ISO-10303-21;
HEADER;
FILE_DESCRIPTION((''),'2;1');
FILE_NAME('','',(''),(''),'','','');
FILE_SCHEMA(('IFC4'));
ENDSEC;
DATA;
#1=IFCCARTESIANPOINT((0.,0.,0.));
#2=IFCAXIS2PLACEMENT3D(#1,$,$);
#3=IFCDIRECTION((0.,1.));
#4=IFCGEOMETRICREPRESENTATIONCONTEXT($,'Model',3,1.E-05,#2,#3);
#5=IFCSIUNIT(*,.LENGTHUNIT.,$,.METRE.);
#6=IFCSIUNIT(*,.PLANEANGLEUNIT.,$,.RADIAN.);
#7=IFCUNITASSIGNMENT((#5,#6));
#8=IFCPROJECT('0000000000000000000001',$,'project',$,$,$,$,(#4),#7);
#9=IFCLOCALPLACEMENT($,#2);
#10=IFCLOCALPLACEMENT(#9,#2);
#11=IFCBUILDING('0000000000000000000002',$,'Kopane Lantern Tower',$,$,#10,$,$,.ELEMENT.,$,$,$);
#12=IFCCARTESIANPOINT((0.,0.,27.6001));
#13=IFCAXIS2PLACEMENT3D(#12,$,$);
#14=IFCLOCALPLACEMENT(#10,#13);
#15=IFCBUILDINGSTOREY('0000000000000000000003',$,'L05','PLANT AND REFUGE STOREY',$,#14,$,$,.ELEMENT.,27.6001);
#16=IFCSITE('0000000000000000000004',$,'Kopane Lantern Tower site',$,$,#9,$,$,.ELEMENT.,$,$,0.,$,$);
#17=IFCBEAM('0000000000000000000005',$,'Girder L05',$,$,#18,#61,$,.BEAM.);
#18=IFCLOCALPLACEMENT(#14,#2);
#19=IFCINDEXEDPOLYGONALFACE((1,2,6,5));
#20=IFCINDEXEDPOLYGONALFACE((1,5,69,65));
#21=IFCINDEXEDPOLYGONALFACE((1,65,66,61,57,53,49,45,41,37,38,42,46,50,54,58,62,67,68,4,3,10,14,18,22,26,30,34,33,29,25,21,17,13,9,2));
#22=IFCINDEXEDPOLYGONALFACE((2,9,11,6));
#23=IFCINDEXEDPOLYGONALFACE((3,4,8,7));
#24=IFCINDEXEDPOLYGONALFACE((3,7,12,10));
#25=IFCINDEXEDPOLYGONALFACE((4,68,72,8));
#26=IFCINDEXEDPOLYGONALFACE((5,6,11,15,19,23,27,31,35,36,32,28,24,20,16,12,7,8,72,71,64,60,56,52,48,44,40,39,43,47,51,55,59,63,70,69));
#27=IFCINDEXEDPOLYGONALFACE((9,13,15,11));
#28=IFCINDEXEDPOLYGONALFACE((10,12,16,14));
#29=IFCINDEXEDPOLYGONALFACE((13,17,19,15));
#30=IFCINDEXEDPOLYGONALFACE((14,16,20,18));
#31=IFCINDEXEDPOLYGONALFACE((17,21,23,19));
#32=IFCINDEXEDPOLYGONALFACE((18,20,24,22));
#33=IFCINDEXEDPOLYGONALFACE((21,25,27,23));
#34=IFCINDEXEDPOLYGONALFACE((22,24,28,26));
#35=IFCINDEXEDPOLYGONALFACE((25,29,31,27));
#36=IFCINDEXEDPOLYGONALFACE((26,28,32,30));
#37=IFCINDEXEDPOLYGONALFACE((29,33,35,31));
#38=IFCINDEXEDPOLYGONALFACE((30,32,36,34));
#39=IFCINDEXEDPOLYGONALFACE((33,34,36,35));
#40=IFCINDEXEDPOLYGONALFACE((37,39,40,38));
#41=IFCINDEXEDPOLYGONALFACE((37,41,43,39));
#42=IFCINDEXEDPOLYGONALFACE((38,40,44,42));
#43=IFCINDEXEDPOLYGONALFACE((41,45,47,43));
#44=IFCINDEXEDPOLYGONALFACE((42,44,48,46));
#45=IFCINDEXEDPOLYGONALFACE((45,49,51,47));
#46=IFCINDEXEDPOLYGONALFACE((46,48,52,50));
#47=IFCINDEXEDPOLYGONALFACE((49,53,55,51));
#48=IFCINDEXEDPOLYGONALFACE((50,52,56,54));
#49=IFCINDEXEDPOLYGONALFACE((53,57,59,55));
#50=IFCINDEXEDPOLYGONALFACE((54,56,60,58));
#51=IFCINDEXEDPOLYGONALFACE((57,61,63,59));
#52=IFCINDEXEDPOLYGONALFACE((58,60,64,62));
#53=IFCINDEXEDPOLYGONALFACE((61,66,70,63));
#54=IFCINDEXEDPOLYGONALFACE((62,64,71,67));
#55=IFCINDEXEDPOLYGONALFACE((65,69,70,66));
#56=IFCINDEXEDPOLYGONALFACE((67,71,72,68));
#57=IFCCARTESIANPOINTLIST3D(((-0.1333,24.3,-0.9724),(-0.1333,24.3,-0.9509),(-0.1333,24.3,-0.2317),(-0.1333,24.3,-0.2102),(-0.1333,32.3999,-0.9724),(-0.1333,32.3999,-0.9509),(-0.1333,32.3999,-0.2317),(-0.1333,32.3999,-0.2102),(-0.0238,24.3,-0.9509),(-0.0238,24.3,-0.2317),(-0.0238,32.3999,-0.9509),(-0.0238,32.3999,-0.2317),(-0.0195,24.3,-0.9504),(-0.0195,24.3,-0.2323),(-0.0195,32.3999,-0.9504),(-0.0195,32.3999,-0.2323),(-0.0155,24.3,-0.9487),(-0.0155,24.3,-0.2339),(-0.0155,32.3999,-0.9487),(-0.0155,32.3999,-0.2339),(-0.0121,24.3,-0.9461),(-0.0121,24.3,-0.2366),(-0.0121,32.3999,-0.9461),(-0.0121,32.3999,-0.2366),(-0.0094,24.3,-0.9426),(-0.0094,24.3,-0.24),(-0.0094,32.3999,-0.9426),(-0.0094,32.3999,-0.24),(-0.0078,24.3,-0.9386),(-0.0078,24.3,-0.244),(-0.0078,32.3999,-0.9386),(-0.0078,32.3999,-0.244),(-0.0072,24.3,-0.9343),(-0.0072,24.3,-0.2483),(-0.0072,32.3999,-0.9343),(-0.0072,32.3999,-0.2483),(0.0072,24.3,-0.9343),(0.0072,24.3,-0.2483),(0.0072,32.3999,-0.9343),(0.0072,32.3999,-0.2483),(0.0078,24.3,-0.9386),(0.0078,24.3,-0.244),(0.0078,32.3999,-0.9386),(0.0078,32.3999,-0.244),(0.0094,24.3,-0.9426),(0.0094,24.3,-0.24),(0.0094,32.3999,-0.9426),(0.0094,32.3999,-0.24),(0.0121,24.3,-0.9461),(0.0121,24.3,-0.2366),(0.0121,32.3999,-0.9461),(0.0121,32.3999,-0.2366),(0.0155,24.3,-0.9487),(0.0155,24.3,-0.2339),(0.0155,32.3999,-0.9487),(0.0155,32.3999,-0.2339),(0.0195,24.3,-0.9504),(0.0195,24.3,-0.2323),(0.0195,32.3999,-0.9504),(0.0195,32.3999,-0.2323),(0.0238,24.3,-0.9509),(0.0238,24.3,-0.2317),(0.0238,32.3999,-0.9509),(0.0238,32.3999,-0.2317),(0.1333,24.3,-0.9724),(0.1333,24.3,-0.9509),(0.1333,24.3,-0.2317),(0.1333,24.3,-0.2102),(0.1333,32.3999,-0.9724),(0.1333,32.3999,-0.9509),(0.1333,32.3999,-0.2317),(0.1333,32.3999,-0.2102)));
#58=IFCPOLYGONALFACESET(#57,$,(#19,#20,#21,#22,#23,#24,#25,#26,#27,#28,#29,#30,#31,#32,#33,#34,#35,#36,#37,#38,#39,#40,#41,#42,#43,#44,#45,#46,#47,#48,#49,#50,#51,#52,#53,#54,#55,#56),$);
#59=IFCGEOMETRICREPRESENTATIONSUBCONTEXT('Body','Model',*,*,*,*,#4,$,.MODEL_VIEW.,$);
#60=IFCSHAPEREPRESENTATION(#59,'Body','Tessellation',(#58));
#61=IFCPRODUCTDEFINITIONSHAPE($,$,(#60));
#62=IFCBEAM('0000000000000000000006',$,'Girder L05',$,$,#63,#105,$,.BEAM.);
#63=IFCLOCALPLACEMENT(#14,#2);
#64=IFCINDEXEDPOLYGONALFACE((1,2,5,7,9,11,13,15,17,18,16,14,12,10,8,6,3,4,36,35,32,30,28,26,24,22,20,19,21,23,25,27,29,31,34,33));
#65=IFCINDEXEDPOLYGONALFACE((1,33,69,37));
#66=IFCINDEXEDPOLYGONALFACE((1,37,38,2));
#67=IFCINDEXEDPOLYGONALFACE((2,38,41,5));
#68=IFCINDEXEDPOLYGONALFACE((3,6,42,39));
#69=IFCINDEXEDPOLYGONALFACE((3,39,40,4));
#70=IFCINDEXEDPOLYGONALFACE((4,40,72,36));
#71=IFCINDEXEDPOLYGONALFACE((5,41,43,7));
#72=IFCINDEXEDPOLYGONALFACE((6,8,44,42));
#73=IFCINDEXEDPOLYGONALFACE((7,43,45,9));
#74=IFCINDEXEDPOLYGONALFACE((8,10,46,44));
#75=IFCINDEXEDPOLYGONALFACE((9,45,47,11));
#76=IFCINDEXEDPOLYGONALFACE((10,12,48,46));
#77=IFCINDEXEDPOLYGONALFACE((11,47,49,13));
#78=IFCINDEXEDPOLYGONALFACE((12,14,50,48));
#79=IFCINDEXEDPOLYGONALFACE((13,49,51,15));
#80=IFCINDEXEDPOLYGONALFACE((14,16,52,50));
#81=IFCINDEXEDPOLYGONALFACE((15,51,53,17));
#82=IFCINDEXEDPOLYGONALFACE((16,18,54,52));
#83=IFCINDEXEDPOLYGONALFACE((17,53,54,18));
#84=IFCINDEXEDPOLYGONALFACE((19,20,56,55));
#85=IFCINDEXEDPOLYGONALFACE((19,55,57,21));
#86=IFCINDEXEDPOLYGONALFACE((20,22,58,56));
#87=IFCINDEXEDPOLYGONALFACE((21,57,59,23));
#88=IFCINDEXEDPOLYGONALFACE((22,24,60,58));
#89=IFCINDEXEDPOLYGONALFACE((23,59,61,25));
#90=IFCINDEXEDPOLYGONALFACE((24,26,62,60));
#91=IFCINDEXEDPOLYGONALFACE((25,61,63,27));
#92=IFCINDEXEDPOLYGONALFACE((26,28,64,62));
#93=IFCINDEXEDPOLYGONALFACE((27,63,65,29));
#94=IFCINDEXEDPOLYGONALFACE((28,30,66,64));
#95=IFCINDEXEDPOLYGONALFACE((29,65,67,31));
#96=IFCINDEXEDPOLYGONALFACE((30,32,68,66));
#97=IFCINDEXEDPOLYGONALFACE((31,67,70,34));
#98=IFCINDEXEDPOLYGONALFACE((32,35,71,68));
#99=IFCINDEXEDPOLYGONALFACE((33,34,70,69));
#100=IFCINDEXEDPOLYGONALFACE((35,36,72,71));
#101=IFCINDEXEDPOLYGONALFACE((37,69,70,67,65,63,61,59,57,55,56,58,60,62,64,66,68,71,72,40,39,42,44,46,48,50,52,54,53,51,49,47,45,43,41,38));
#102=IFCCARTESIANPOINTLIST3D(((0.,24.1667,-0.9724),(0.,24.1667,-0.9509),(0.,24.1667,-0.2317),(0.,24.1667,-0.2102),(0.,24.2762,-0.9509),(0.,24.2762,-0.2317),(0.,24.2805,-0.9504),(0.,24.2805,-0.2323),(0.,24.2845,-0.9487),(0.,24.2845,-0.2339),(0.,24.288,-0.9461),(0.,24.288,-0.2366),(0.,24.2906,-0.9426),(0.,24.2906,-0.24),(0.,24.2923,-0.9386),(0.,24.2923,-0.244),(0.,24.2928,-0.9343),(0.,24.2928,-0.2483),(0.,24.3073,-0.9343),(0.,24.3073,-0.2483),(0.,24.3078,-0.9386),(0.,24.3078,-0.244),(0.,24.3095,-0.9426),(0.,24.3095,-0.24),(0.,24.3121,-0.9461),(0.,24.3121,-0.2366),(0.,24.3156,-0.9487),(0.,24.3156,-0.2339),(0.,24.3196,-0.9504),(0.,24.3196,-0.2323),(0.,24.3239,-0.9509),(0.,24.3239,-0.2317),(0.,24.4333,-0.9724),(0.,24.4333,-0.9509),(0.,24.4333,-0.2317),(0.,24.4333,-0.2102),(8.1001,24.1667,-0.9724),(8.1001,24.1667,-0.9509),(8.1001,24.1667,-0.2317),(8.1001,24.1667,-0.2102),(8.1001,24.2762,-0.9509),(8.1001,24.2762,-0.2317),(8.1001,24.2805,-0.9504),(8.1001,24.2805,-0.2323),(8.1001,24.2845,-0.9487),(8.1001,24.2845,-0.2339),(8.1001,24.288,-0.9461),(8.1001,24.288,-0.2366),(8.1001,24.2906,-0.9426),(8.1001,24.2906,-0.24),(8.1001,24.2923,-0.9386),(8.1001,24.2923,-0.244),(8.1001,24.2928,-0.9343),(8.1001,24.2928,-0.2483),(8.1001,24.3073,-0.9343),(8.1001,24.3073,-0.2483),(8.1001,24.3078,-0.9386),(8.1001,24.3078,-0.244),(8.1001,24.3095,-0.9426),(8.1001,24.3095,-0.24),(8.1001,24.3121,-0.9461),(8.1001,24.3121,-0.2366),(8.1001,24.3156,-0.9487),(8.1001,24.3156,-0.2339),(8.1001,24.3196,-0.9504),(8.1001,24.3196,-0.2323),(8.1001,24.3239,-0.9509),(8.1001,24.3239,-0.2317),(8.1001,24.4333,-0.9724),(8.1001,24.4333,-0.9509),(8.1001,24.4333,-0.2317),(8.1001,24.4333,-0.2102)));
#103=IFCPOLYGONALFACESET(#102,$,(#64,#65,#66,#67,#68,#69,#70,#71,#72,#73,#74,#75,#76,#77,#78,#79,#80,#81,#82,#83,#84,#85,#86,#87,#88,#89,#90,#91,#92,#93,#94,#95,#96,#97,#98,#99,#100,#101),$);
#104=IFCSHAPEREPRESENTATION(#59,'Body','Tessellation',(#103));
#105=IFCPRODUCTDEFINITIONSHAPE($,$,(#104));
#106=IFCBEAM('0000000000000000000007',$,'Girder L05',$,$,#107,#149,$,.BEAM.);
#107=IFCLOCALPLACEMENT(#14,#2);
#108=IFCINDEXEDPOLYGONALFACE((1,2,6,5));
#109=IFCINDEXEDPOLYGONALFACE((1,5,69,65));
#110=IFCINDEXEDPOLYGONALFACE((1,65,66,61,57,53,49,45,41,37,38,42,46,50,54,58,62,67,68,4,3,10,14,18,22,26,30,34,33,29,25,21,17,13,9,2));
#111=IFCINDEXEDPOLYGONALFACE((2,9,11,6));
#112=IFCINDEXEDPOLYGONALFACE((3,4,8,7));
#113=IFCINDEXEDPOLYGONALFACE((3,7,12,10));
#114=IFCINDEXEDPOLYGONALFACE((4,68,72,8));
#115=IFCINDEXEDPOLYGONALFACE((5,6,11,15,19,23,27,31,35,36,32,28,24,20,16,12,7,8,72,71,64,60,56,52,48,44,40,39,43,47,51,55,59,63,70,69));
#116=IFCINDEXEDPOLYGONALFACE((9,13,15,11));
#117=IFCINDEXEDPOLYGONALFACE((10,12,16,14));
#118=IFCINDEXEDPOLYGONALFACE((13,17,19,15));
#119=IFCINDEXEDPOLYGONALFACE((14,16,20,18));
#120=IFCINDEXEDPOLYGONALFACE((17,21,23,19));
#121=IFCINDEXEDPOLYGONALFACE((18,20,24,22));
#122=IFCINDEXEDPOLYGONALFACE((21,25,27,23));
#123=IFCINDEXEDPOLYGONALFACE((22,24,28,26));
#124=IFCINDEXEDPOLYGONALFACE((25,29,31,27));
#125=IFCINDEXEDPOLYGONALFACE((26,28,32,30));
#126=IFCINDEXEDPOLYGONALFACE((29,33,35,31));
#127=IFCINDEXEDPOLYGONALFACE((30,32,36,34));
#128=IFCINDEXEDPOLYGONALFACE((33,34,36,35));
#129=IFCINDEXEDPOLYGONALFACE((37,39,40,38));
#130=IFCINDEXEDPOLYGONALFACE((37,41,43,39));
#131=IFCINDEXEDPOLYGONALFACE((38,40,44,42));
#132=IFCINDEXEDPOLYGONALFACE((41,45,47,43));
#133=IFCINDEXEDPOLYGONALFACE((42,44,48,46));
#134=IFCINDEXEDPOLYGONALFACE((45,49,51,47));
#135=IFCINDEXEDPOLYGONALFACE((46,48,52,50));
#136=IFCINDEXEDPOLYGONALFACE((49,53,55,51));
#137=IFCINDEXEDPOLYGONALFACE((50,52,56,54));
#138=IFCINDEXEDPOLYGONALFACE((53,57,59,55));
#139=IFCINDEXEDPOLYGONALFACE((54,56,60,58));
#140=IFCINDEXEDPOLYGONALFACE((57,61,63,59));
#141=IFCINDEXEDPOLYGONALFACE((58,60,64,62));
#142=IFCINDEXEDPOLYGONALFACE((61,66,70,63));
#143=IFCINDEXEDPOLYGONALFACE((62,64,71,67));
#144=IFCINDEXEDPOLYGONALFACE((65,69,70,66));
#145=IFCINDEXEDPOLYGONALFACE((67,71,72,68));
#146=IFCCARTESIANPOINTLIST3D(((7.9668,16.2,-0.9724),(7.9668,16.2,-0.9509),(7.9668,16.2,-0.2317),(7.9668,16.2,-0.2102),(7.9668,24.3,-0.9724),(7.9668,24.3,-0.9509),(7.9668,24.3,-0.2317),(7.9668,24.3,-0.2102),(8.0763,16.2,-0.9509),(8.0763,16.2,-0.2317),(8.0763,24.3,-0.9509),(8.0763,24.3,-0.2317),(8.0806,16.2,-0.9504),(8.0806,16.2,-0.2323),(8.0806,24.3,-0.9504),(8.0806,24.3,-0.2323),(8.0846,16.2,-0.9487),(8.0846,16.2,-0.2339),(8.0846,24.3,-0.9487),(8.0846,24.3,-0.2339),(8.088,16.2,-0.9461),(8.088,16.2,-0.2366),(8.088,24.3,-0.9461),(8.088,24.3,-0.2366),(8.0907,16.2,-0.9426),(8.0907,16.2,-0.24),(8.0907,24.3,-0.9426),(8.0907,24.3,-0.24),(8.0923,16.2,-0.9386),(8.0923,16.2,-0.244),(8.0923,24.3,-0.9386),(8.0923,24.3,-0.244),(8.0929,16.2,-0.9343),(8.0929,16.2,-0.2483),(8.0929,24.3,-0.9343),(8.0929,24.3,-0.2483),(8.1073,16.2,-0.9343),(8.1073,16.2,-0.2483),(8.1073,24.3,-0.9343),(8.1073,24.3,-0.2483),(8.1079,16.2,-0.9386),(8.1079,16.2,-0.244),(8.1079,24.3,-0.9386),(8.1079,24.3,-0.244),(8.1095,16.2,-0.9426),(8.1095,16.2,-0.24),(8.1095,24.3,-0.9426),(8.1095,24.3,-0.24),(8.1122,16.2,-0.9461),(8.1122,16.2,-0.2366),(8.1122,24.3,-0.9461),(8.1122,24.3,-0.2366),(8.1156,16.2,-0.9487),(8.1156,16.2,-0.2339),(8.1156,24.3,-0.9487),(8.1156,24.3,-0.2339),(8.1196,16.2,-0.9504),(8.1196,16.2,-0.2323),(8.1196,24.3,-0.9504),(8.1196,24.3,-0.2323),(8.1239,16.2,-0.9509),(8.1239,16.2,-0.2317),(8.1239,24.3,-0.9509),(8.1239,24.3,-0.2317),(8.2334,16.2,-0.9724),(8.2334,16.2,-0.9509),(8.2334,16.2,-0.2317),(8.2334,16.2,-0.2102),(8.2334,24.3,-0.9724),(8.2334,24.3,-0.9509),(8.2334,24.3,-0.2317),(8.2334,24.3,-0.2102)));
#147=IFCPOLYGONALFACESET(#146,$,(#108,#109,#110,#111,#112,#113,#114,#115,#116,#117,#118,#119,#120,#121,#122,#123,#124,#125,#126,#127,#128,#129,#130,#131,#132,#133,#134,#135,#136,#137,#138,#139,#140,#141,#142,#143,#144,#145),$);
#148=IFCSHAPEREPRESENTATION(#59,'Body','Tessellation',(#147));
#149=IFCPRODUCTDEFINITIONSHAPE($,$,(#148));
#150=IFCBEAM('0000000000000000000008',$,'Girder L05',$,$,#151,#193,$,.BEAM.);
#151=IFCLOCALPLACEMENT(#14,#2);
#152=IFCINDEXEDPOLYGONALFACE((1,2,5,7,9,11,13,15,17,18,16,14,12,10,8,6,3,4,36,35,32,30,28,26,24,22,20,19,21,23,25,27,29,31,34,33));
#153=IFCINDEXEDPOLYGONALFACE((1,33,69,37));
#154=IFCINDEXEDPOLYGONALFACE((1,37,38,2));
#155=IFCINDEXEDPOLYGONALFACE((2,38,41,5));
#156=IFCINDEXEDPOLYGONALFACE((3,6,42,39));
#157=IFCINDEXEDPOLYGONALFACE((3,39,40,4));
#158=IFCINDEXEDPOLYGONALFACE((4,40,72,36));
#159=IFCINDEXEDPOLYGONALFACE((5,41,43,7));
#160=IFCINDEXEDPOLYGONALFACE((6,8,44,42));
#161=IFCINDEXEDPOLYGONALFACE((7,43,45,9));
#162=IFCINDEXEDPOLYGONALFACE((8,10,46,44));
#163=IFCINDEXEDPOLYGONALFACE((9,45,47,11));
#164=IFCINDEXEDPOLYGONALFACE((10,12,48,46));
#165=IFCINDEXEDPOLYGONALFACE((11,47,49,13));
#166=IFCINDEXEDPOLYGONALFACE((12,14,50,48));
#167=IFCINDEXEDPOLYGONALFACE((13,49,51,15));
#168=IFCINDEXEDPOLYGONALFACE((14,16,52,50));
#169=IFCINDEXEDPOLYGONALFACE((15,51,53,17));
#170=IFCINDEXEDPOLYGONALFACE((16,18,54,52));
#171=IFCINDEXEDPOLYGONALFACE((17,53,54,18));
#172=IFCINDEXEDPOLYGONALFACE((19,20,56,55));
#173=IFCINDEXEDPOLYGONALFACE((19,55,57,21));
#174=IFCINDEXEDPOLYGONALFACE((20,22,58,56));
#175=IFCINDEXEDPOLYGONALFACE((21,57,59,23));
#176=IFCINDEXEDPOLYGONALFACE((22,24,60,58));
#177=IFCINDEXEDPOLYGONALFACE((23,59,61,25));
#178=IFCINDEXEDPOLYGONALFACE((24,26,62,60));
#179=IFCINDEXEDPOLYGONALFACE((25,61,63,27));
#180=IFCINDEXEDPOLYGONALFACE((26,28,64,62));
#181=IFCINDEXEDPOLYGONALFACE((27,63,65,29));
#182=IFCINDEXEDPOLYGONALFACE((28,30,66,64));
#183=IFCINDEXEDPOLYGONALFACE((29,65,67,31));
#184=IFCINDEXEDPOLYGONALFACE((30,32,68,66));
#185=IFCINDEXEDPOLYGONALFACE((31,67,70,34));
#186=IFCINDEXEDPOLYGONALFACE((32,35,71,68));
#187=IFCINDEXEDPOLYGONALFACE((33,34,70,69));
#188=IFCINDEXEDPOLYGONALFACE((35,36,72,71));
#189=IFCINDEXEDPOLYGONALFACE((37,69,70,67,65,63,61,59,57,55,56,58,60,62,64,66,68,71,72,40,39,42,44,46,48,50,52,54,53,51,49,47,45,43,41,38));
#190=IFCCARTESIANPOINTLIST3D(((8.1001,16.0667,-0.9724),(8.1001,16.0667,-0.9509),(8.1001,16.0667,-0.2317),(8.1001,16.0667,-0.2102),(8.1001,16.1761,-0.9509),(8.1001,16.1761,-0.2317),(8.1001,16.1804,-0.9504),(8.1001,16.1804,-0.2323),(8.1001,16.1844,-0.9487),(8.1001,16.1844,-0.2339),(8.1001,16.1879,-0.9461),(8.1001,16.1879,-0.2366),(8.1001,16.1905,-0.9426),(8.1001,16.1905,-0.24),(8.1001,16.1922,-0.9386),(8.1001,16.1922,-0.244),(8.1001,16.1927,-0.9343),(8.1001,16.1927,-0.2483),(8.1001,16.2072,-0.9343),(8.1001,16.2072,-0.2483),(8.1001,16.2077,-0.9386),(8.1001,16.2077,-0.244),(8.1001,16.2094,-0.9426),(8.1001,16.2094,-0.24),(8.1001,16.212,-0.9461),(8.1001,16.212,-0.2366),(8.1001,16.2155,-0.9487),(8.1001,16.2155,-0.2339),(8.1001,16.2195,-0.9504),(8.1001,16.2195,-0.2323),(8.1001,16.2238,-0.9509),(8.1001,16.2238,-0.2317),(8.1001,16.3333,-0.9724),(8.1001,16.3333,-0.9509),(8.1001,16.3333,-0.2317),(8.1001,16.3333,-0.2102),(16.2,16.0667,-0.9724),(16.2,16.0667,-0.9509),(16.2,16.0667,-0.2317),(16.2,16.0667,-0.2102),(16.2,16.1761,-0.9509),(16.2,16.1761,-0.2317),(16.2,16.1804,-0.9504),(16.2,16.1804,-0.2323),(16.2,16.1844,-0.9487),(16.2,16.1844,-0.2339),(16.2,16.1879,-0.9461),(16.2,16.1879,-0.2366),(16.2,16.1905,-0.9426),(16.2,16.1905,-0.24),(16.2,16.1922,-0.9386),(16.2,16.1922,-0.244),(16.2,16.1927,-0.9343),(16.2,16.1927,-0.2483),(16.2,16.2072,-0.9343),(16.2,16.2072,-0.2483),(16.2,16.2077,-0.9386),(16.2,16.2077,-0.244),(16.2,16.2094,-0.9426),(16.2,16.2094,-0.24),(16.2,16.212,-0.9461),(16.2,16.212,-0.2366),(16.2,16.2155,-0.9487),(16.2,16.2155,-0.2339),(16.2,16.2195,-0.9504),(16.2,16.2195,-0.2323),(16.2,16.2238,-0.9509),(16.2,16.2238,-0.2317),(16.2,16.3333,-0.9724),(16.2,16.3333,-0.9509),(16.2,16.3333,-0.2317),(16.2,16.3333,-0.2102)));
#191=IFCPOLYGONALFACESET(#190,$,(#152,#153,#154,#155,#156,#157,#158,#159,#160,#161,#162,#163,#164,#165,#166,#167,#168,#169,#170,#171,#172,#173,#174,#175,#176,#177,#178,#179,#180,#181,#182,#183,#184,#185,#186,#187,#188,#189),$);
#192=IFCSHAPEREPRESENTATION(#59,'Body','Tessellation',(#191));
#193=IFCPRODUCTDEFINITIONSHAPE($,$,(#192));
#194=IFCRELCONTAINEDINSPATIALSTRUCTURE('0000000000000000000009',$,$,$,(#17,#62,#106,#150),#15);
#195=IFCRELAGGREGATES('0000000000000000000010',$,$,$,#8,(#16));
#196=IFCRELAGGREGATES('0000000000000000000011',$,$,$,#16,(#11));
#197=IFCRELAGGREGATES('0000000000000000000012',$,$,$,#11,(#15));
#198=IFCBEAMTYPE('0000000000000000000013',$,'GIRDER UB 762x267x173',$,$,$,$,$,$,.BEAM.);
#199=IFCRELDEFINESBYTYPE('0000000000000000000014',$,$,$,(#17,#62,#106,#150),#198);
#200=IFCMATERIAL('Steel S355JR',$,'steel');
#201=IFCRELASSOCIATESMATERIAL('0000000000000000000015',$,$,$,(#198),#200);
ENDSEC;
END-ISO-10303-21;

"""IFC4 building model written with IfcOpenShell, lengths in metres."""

from ifc_helpers import new_model, si_unit, direction, frame, origin, origin_2d, place, context, subcontext, project, spatial, i_section, extrude, material, material_profile, profile_set, type_object, element, save


model = new_model("IFC4")

# Units and contexts
model_context = context("Model", 3, precision=1e-05, world=origin(), true_north=direction((0.0, 1.0)))
body_context = subcontext(model_context, "Body", "Model", "MODEL_VIEW")
ifc_project = project(units=[si_unit("LENGTHUNIT", "METRE"), si_unit("PLANEANGLEUNIT", "RADIAN")], contexts=[model_context])

# Site, building, storey
site_placement = place(None, origin())
site = spatial("IfcSite", under=ifc_project, at=site_placement, Name="Kopane Lantern Tower site", CompositionType="ELEMENT", RefElevation=0.0)
building_placement = place(site_placement, origin())
building = spatial("IfcBuilding", under=site, at=building_placement, Name="Kopane Lantern Tower", CompositionType="ELEMENT")
storey_placement = place(building_placement, frame((0.0, 0.0, 27.6001)))
storey = spatial("IfcBuildingStorey", under=building, at=storey_placement, Name="L05", Description="PLANT AND REFUGE STOREY", CompositionType="ELEMENT", Elevation=27.6001)

# Beams
ifc_material_1 = material(Name="Steel S355JR", Category="steel")
ifc_material_profile_1 = material_profile(ifc_material_1, i_section(OverallWidth=0.2666, OverallDepth=0.7622, WebThickness=0.0144, FlangeThickness=0.0215, FilletRadius=0.0166, at=origin_2d()), Name="UB 762x267x173")
ifc_profile_set_1 = profile_set([ifc_material_profile_1], Name="Steel S355JR")
beam_type = type_object("IfcBeamType", Name="GIRDER UB 762x267x173", PredefinedType="BEAM", material=ifc_profile_set_1)
beam_placement = place(storey_placement, frame((0.0, 24.3, -0.5913), z_axis=(0.0, 1.0, 0.0), x_axis=(-1.0, 0.0, 0.0)))
element("IfcBeam", 1, at=beam_placement, inside=storey, type_object=beam_type, Name="Girder L05", PredefinedType="BEAM", context=body_context, shape_type="SweptSolid", body=[
    extrude(i_section(OverallWidth=0.2666, OverallDepth=0.7622, WebThickness=0.0144, FlangeThickness=0.0215, FilletRadius=0.0166, at=origin_2d()), origin(), (0.0, 0.0, 1.0), 8.0999),
])
for number, where, z_axis, x_axis, name in (
    (2, (0.0, 24.3, -0.5913), (1.0, 0.0, 0.0), (0.0, 1.0, 0.0), "Girder L05"),
    (3, (8.1001, 16.2, -0.5913), (0.0, 1.0, 0.0), (-1.0, 0.0, 0.0), "Girder L05"),
):
    element("IfcBeam", number, at=place(storey_placement, frame(where, z_axis=z_axis, x_axis=x_axis)), inside=storey, type_object=beam_type, Name=name, PredefinedType="BEAM", context=body_context, shape_type="SweptSolid", body=[
        extrude(i_section(OverallWidth=0.2666, OverallDepth=0.7622, WebThickness=0.0144, FlangeThickness=0.0215, FilletRadius=0.0166, at=origin_2d()), origin(), (0.0, 0.0, 1.0), 8.1001),
    ])
for number, where, z_axis, x_axis, name in (
    (4, (8.1001, 16.2, -0.5913), (1.0, 0.0, 0.0), (0.0, 1.0, 0.0), "Girder L05"),
):
    element("IfcBeam", number, at=place(storey_placement, frame(where, z_axis=z_axis, x_axis=x_axis)), inside=storey, type_object=beam_type, Name=name, PredefinedType="BEAM", context=body_context, shape_type="SweptSolid", body=[
        extrude(i_section(OverallWidth=0.2666, OverallDepth=0.7622, WebThickness=0.0144, FlangeThickness=0.0215, FilletRadius=0.0166, at=origin_2d()), origin(), (0.0, 0.0, 1.0), 8.0999),
    ])

save(model, "model.ifc")
